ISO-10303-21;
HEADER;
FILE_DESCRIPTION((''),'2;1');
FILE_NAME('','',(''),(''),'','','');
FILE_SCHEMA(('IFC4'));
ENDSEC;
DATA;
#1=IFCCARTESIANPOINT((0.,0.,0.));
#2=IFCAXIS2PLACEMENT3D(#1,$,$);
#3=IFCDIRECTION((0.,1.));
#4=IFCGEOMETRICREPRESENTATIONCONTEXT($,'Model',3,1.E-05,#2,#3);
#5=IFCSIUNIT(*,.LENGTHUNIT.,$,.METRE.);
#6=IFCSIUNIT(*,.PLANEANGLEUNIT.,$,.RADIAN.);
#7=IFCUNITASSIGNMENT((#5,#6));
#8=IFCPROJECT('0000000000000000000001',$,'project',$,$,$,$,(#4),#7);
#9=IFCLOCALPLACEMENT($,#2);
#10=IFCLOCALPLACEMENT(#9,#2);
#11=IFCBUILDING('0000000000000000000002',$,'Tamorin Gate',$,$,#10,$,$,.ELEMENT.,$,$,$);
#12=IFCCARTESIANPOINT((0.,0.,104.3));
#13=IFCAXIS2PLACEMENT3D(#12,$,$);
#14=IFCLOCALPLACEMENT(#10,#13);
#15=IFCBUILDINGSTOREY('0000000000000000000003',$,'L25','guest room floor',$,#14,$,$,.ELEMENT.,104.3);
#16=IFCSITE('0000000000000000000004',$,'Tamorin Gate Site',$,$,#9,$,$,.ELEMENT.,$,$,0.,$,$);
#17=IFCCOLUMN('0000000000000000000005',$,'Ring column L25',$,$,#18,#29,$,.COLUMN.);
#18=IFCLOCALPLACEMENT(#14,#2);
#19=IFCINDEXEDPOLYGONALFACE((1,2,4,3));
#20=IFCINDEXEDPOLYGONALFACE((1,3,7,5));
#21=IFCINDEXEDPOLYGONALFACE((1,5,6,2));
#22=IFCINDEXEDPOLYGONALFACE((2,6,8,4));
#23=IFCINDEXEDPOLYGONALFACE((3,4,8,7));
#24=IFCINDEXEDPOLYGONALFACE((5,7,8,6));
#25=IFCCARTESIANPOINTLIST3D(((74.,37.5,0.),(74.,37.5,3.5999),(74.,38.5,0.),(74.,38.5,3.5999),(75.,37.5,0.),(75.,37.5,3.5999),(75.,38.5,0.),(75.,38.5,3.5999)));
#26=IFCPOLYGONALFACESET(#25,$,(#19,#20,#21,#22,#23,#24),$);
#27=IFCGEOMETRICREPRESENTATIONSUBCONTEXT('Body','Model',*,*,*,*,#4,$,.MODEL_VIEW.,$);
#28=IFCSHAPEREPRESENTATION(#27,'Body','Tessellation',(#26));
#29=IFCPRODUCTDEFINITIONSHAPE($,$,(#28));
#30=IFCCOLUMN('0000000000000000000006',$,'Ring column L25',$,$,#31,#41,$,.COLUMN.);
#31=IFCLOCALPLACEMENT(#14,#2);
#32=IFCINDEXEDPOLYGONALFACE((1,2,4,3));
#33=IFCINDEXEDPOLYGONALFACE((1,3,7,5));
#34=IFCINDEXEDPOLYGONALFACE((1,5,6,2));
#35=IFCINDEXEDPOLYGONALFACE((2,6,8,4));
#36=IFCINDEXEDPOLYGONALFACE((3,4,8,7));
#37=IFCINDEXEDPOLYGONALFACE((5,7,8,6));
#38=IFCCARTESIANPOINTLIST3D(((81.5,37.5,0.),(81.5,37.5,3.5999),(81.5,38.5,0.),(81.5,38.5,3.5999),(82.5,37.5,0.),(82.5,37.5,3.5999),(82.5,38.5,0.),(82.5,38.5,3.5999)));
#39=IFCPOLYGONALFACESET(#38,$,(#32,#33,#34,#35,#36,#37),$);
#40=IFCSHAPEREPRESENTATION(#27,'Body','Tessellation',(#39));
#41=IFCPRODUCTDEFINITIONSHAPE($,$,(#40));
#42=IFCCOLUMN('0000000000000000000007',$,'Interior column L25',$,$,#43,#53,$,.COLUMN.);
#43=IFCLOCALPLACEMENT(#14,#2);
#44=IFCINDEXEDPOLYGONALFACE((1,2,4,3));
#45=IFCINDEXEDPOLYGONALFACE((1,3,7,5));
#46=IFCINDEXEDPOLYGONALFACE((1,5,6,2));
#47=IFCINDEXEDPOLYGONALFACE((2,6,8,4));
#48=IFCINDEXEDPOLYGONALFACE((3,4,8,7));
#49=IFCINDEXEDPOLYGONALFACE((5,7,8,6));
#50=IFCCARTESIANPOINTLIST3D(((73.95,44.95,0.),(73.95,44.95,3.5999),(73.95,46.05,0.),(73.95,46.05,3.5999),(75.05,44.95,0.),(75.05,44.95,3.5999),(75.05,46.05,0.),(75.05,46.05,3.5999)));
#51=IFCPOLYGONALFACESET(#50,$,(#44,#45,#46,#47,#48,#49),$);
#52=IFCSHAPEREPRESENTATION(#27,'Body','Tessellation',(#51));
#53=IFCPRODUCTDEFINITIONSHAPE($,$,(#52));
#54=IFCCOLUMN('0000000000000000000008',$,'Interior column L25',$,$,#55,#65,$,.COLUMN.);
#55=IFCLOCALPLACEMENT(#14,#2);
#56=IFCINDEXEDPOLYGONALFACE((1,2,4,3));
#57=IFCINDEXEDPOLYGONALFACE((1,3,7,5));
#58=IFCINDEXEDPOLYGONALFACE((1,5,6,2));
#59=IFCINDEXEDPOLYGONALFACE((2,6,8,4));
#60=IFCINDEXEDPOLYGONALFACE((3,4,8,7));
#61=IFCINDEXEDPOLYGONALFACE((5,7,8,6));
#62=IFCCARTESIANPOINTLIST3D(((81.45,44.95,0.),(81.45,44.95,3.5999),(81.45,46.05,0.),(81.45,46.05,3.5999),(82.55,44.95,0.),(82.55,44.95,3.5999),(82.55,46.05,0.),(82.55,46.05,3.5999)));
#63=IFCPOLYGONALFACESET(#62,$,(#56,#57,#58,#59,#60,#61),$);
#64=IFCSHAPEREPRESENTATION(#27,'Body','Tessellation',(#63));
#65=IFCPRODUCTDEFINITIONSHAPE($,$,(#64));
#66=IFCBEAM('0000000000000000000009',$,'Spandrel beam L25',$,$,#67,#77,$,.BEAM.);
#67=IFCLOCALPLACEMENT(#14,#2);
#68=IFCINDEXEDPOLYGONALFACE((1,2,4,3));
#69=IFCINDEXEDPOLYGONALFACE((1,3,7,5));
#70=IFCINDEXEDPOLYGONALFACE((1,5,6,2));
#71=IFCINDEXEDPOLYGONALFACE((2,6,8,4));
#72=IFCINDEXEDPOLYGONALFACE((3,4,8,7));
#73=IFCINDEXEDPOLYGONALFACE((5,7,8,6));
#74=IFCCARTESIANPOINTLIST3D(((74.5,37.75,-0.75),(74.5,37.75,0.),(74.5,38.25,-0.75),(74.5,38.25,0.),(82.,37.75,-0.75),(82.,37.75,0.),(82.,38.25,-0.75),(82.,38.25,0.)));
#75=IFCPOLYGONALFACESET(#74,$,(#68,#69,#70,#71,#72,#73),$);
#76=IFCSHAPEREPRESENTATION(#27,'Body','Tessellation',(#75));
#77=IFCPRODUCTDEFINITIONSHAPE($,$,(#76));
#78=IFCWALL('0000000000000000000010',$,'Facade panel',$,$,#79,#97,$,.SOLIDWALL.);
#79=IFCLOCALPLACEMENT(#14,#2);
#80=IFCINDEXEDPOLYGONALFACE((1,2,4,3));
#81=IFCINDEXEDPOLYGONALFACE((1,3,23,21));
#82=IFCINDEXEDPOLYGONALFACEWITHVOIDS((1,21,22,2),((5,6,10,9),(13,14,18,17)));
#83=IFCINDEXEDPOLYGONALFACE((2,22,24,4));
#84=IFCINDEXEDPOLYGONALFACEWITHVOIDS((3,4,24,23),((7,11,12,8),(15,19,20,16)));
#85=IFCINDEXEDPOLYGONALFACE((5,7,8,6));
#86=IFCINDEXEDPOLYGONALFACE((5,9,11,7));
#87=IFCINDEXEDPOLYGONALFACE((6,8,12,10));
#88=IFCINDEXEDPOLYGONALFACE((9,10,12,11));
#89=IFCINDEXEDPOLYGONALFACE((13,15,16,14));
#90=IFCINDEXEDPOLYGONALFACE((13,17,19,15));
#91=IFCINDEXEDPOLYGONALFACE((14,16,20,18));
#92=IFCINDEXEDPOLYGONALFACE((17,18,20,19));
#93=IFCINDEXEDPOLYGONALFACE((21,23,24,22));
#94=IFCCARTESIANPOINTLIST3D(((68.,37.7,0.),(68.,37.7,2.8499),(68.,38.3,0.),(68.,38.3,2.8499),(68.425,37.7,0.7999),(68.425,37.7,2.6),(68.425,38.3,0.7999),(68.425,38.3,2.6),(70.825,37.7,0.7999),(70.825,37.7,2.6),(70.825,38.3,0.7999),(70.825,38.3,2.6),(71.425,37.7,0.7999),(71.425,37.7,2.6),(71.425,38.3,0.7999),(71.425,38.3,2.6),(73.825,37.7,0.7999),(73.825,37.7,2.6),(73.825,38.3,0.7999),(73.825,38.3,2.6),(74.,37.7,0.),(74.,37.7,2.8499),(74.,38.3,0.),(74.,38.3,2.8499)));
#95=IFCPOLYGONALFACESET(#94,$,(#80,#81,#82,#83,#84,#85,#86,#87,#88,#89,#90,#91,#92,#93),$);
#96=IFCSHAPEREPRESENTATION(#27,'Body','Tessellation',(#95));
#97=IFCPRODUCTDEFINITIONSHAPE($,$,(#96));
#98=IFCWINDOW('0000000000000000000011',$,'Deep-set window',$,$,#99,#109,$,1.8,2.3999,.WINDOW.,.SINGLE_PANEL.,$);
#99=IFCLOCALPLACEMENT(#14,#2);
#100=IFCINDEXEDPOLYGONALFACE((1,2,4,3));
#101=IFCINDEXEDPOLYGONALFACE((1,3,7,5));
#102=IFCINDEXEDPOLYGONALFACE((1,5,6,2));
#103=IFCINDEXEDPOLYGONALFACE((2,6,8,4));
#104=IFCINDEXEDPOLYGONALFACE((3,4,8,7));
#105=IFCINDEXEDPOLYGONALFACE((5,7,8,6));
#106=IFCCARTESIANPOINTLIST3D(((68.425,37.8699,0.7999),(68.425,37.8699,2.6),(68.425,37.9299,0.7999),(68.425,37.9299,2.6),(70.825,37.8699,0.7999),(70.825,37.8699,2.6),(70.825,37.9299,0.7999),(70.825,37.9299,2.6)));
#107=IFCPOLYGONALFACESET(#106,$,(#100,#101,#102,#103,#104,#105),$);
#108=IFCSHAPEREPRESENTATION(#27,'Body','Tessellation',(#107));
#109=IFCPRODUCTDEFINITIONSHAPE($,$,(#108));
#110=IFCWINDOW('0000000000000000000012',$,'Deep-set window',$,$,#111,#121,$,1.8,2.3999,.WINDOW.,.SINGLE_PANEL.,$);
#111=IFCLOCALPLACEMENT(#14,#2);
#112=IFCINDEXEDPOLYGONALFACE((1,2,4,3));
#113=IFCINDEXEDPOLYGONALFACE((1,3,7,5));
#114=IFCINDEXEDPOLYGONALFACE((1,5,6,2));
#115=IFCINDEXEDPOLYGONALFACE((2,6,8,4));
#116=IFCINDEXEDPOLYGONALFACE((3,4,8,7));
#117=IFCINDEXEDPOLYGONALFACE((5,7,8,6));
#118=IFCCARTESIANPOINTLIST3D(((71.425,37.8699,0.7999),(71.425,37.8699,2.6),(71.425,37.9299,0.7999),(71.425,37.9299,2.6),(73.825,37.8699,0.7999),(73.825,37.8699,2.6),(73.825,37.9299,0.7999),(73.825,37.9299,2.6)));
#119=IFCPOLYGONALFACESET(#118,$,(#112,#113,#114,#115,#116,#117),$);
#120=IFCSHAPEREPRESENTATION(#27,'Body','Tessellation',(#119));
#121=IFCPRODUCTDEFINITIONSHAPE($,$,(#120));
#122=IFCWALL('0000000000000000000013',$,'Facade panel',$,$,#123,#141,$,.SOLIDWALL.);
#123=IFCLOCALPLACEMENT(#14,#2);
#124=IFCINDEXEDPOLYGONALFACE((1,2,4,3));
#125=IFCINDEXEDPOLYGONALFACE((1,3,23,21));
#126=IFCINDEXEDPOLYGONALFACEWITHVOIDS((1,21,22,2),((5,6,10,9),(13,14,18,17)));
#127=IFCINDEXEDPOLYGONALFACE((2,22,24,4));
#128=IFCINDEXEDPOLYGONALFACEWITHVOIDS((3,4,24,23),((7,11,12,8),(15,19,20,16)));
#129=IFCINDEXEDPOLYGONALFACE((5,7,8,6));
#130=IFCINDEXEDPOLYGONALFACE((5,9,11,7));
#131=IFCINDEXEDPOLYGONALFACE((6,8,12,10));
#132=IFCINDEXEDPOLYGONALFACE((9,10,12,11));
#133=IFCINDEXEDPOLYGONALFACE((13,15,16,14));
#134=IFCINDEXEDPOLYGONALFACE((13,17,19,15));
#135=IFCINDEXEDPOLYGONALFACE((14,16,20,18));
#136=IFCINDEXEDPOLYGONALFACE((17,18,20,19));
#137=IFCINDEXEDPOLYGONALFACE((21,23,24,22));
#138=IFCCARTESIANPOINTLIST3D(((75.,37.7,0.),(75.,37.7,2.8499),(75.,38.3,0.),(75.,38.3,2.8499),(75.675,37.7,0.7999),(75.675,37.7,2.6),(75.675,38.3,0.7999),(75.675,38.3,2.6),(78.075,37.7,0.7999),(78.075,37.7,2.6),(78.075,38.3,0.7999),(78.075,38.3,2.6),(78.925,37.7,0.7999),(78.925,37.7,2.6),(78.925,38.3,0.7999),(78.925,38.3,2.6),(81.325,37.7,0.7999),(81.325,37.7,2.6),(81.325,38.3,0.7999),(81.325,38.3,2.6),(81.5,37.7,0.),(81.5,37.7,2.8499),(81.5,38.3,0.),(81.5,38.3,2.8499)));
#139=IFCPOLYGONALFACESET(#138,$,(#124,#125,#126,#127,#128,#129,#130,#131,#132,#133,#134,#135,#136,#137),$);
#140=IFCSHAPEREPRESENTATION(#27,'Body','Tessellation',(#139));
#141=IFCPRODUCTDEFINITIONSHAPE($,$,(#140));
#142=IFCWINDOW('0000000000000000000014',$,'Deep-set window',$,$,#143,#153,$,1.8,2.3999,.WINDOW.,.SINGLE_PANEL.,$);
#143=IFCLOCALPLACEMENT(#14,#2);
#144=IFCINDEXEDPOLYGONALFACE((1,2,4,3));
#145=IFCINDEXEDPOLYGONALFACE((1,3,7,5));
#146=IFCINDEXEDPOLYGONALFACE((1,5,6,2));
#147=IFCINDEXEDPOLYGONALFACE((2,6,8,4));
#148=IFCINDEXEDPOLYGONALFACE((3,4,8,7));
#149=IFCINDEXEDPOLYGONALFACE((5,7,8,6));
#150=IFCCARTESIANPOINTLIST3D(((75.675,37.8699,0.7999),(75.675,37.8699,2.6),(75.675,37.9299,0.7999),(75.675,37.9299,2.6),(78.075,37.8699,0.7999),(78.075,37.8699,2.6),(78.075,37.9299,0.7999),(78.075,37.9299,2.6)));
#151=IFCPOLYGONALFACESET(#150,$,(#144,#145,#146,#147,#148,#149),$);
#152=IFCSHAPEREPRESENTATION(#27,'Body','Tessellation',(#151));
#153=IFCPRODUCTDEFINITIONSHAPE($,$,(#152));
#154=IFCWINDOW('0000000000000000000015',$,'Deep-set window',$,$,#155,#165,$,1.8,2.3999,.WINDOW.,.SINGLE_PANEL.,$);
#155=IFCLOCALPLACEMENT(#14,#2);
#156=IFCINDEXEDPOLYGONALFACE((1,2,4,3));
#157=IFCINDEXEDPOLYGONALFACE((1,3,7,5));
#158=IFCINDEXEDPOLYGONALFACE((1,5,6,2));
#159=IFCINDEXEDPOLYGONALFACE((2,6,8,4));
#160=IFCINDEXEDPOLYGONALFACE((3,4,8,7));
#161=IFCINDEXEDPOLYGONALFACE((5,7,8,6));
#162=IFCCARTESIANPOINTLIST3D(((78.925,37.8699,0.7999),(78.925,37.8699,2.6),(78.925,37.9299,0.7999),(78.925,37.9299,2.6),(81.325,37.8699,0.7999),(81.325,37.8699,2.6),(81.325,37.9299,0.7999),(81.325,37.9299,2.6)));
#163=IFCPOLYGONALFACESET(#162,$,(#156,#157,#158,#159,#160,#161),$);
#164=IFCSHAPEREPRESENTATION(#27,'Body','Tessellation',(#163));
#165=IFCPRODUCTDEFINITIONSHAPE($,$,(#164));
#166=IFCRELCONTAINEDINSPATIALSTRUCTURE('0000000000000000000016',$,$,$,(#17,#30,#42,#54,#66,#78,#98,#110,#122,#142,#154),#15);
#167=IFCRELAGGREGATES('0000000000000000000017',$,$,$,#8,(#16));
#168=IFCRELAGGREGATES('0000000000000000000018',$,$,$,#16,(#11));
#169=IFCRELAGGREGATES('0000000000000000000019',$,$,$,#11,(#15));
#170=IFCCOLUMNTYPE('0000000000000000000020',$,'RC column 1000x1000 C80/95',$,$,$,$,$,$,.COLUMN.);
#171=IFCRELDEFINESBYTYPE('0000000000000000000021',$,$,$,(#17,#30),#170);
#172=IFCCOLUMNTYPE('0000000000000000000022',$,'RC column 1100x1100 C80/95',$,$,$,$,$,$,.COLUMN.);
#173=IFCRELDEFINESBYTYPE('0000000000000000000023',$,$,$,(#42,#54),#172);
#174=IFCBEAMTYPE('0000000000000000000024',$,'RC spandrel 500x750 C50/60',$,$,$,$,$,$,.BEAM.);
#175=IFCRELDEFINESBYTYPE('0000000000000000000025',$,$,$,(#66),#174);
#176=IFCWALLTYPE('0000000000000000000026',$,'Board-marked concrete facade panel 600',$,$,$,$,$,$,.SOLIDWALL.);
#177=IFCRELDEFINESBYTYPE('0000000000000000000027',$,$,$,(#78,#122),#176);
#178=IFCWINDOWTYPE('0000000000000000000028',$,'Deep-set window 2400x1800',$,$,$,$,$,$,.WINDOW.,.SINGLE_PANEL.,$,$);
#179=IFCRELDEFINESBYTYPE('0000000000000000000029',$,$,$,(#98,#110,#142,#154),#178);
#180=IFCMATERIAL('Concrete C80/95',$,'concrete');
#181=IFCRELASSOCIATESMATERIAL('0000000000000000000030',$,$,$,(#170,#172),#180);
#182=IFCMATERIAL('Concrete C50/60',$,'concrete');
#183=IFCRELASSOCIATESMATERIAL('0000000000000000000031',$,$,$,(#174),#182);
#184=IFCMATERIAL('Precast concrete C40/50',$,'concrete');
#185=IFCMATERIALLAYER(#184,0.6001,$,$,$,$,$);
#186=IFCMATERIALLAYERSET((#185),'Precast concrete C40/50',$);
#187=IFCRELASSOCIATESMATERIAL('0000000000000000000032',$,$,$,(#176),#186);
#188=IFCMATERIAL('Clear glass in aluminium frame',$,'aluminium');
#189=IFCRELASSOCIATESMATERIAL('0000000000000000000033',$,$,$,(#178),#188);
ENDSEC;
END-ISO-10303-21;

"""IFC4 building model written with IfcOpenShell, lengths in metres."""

from ifc_helpers import new_model, si_unit, direction, frame, frame_2d, origin, origin_2d, place, context, subcontext, project, spatial, rectangle, extrude, material, layer, layer_set, material_profile, profile_set, type_object, element, fill, save


model = new_model("IFC4")

# Units and contexts
model_context = context("Model", 3, precision=1e-05, world=origin(), true_north=direction((0.0, 1.0)))
body_context = subcontext(model_context, "Body", "Model", "MODEL_VIEW")
ifc_project = project(units=[si_unit("LENGTHUNIT", "METRE"), si_unit("PLANEANGLEUNIT", "RADIAN")], contexts=[model_context])

# Site, building, storey
site_placement = place(None, origin())
site = spatial("IfcSite", under=ifc_project, at=site_placement, Name="Tamorin Gate Site", CompositionType="ELEMENT", RefElevation=0.0)
building_placement = place(site_placement, origin())
building = spatial("IfcBuilding", under=site, at=building_placement, Name="Tamorin Gate", CompositionType="ELEMENT")
storey_placement = place(building_placement, frame((0.0, 0.0, 104.3)))
storey = spatial("IfcBuildingStorey", under=building, at=storey_placement, Name="L25", Description="guest room floor", CompositionType="ELEMENT", Elevation=104.3)

# Columns
ifc_material_1 = material(Name="Concrete C80/95", Category="concrete")
ifc_material_profile_1 = material_profile(ifc_material_1, rectangle(XDim=1.0, YDim=1.0, at=origin_2d()), Name="RC 1000x1000")
ifc_profile_set_1 = profile_set([ifc_material_profile_1], Name="Concrete C80/95")
column_type_1 = type_object("IfcColumnType", Name="RC column 1000x1000 C80/95", PredefinedType="COLUMN", material=ifc_profile_set_1)
for number, where, z_axis, x_axis, name in (
    (1, (74.5, 38.0, 0.0), (0.0, 0.0, 1.0), (1.0, 0.0, 0.0), "Ring column L25"),
    (2, (82.0, 38.0, 0.0), (0.0, 0.0, 1.0), (1.0, 0.0, 0.0), "Ring column L25"),
):
    element("IfcColumn", number, at=place(storey_placement, frame(where, z_axis=z_axis, x_axis=x_axis)), inside=storey, type_object=column_type_1, Name=name, PredefinedType="COLUMN", context=body_context, shape_type="SweptSolid", body=[
        extrude(rectangle(XDim=1.0, YDim=1.0, at=origin_2d()), origin(), (0.0, 0.0, 1.0), 3.5999),
    ])
ifc_material_profile_2 = material_profile(ifc_material_1, rectangle(XDim=1.1001, YDim=1.1001, at=origin_2d()), Name="RC 1100x1100")
ifc_profile_set_2 = profile_set([ifc_material_profile_2], Name="Concrete C80/95")
column_type_2 = type_object("IfcColumnType", Name="RC column 1100x1100 C80/95", PredefinedType="COLUMN", material=ifc_profile_set_2)
for number, where, z_axis, x_axis, name in (
    (3, (74.5, 45.5, 0.0), (0.0, 0.0, 1.0), (1.0, 0.0, 0.0), "Interior column L25"),
    (4, (82.0, 45.5, 0.0), (0.0, 0.0, 1.0), (1.0, 0.0, 0.0), "Interior column L25"),
):
    element("IfcColumn", number, at=place(storey_placement, frame(where, z_axis=z_axis, x_axis=x_axis)), inside=storey, type_object=column_type_2, Name=name, PredefinedType="COLUMN", context=body_context, shape_type="SweptSolid", body=[
        extrude(rectangle(XDim=1.1001, YDim=1.1001, at=origin_2d()), origin(), (0.0, 0.0, 1.0), 3.5999),
    ])

# Beam
ifc_material_2 = material(Name="Concrete C50/60", Category="concrete")
ifc_material_profile_3 = material_profile(ifc_material_2, rectangle(XDim=0.5, YDim=0.75, at=origin_2d()), Name="RC 500x750")
ifc_profile_set_3 = profile_set([ifc_material_profile_3], Name="Concrete C50/60")
beam_type = type_object("IfcBeamType", Name="RC spandrel 500x750 C50/60", PredefinedType="BEAM", material=ifc_profile_set_3)
beam_placement = place(storey_placement, frame((74.5, 38.0, -0.375), z_axis=(1.0, 0.0, 0.0), x_axis=(0.0, 1.0, 0.0)))
element("IfcBeam", 5, at=beam_placement, inside=storey, type_object=beam_type, Name="Spandrel beam L25", PredefinedType="BEAM", context=body_context, shape_type="SweptSolid", body=[
    extrude(rectangle(XDim=0.5, YDim=0.75, at=origin_2d()), origin(), (0.0, 0.0, 1.0), 7.5),
])

# Walls, openings, windows
ifc_material_3 = material(Name="Precast concrete C40/50", Category="concrete")
ifc_layer_1 = layer(ifc_material_3, 0.6001)
ifc_layer_set_1 = layer_set([ifc_layer_1], Name="Precast concrete C40/50")
wall_type_1 = type_object("IfcWallType", Name="Board-marked concrete facade panel 600", PredefinedType="SOLIDWALL", material=ifc_layer_set_1)
wall_1_placement = place(storey_placement, frame((68.0, 38.0, 0.0), z_axis=(0.0, 0.0, 1.0), x_axis=(1.0, 0.0, 0.0)))
wall_1 = element("IfcWall", 6, at=wall_1_placement, inside=storey, type_object=wall_type_1, Name="Facade panel", PredefinedType="SOLIDWALL", context=body_context, shape_type="SweptSolid", body=[
    extrude(rectangle(XDim=6.0, YDim=0.6001, at=frame_2d((3.0, 0.0))), origin(), (0.0, 0.0, 1.0), 2.8499),
])
opening_1_placement = place(wall_1_placement, frame((0.425, 0.0, 0.8)))
opening_1 = element("IfcOpeningElement", 7, at=opening_1_placement, cuts=wall_1, PredefinedType="OPENING", context=body_context, shape_type="SweptSolid", body=[
    extrude(rectangle(XDim=2.3999, YDim=1.8, at=frame_2d((1.2, 0.8999))), frame((0.0, 0.3101, 0.0), z_axis=(0.0, -1.0, 0.0), x_axis=(1.0, 0.0, 0.0)), (0.0, 0.0, 1.0), 0.6201),
])
opening_2_placement = place(wall_1_placement, frame((3.425, 0.0, 0.8)))
opening_2 = element("IfcOpeningElement", 8, at=opening_2_placement, cuts=wall_1, PredefinedType="OPENING", context=body_context, shape_type="SweptSolid", body=[
    extrude(rectangle(XDim=2.3999, YDim=1.8, at=frame_2d((1.2, 0.8999))), frame((0.0, 0.3101, 0.0), z_axis=(0.0, -1.0, 0.0), x_axis=(1.0, 0.0, 0.0)), (0.0, 0.0, 1.0), 0.6201),
])
ifc_material_4 = material(Name="Clear glass in aluminium frame", Category="aluminium")
window_type = type_object("IfcWindowType", Name="Deep-set window 2400x1800", PartitioningType="SINGLE_PANEL", PredefinedType="WINDOW", material=ifc_material_4)
window_1_placement = place(opening_1_placement, origin())
window_1 = element("IfcWindow", 9, at=window_1_placement, inside=storey, type_object=window_type, Name="Deep-set window", OverallHeight=1.8, OverallWidth=2.3999, PartitioningType="SINGLE_PANEL", PredefinedType="WINDOW", context=body_context, shape_type="SweptSolid", body=[
    extrude(rectangle(XDim=2.3999, YDim=1.8, at=frame_2d((1.2, 0.8999))), frame((0.0, -0.0701, 0.0), z_axis=(0.0, -1.0, 0.0), x_axis=(1.0, 0.0, 0.0)), (0.0, 0.0, 1.0), 0.0601),
])
fill(opening_1, window_1)
window_2_placement = place(opening_2_placement, origin())
window_2 = element("IfcWindow", 10, at=window_2_placement, inside=storey, type_object=window_type, Name="Deep-set window", OverallHeight=1.8, OverallWidth=2.3999, PartitioningType="SINGLE_PANEL", PredefinedType="WINDOW", context=body_context, shape_type="SweptSolid", body=[
    extrude(rectangle(XDim=2.3999, YDim=1.8, at=frame_2d((1.2, 0.8999))), frame((0.0, -0.0701, 0.0), z_axis=(0.0, -1.0, 0.0), x_axis=(1.0, 0.0, 0.0)), (0.0, 0.0, 1.0), 0.0601),
])
fill(opening_2, window_2)
wall_2_placement = place(storey_placement, frame((75.0, 38.0, 0.0), z_axis=(0.0, 0.0, 1.0), x_axis=(1.0, 0.0, 0.0)))
wall_2 = element("IfcWall", 11, at=wall_2_placement, inside=storey, type_object=wall_type_1, Name="Facade panel", PredefinedType="SOLIDWALL", context=body_context, shape_type="SweptSolid", body=[
    extrude(rectangle(XDim=6.5, YDim=0.6001, at=frame_2d((3.25, 0.0))), origin(), (0.0, 0.0, 1.0), 2.8499),
])
opening_3_placement = place(wall_2_placement, frame((0.675, 0.0, 0.8)))
opening_3 = element("IfcOpeningElement", 12, at=opening_3_placement, cuts=wall_2, PredefinedType="OPENING", context=body_context, shape_type="SweptSolid", body=[
    extrude(rectangle(XDim=2.3999, YDim=1.8, at=frame_2d((1.2, 0.8999))), frame((0.0, 0.3101, 0.0), z_axis=(0.0, -1.0, 0.0), x_axis=(1.0, 0.0, 0.0)), (0.0, 0.0, 1.0), 0.6201),
])
opening_4_placement = place(wall_2_placement, frame((3.925, 0.0, 0.8)))
opening_4 = element("IfcOpeningElement", 13, at=opening_4_placement, cuts=wall_2, PredefinedType="OPENING", context=body_context, shape_type="SweptSolid", body=[
    extrude(rectangle(XDim=2.3999, YDim=1.8, at=frame_2d((1.2, 0.8999))), frame((0.0, 0.3101, 0.0), z_axis=(0.0, -1.0, 0.0), x_axis=(1.0, 0.0, 0.0)), (0.0, 0.0, 1.0), 0.6201),
])
window_3_placement = place(opening_3_placement, origin())
window_3 = element("IfcWindow", 14, at=window_3_placement, inside=storey, type_object=window_type, Name="Deep-set window", OverallHeight=1.8, OverallWidth=2.3999, PartitioningType="SINGLE_PANEL", PredefinedType="WINDOW", context=body_context, shape_type="SweptSolid", body=[
    extrude(rectangle(XDim=2.3999, YDim=1.8, at=frame_2d((1.2, 0.8999))), frame((0.0, -0.0701, 0.0), z_axis=(0.0, -1.0, 0.0), x_axis=(1.0, 0.0, 0.0)), (0.0, 0.0, 1.0), 0.0601),
])
fill(opening_3, window_3)
window_4_placement = place(opening_4_placement, origin())
window_4 = element("IfcWindow", 15, at=window_4_placement, inside=storey, type_object=window_type, Name="Deep-set window", OverallHeight=1.8, OverallWidth=2.3999, PartitioningType="SINGLE_PANEL", PredefinedType="WINDOW", context=body_context, shape_type="SweptSolid", body=[
    extrude(rectangle(XDim=2.3999, YDim=1.8, at=frame_2d((1.2, 0.8999))), frame((0.0, -0.0701, 0.0), z_axis=(0.0, -1.0, 0.0), x_axis=(1.0, 0.0, 0.0)), (0.0, 0.0, 1.0), 0.0601),
])
fill(opening_4, window_4)

save(model, "model.ifc")
